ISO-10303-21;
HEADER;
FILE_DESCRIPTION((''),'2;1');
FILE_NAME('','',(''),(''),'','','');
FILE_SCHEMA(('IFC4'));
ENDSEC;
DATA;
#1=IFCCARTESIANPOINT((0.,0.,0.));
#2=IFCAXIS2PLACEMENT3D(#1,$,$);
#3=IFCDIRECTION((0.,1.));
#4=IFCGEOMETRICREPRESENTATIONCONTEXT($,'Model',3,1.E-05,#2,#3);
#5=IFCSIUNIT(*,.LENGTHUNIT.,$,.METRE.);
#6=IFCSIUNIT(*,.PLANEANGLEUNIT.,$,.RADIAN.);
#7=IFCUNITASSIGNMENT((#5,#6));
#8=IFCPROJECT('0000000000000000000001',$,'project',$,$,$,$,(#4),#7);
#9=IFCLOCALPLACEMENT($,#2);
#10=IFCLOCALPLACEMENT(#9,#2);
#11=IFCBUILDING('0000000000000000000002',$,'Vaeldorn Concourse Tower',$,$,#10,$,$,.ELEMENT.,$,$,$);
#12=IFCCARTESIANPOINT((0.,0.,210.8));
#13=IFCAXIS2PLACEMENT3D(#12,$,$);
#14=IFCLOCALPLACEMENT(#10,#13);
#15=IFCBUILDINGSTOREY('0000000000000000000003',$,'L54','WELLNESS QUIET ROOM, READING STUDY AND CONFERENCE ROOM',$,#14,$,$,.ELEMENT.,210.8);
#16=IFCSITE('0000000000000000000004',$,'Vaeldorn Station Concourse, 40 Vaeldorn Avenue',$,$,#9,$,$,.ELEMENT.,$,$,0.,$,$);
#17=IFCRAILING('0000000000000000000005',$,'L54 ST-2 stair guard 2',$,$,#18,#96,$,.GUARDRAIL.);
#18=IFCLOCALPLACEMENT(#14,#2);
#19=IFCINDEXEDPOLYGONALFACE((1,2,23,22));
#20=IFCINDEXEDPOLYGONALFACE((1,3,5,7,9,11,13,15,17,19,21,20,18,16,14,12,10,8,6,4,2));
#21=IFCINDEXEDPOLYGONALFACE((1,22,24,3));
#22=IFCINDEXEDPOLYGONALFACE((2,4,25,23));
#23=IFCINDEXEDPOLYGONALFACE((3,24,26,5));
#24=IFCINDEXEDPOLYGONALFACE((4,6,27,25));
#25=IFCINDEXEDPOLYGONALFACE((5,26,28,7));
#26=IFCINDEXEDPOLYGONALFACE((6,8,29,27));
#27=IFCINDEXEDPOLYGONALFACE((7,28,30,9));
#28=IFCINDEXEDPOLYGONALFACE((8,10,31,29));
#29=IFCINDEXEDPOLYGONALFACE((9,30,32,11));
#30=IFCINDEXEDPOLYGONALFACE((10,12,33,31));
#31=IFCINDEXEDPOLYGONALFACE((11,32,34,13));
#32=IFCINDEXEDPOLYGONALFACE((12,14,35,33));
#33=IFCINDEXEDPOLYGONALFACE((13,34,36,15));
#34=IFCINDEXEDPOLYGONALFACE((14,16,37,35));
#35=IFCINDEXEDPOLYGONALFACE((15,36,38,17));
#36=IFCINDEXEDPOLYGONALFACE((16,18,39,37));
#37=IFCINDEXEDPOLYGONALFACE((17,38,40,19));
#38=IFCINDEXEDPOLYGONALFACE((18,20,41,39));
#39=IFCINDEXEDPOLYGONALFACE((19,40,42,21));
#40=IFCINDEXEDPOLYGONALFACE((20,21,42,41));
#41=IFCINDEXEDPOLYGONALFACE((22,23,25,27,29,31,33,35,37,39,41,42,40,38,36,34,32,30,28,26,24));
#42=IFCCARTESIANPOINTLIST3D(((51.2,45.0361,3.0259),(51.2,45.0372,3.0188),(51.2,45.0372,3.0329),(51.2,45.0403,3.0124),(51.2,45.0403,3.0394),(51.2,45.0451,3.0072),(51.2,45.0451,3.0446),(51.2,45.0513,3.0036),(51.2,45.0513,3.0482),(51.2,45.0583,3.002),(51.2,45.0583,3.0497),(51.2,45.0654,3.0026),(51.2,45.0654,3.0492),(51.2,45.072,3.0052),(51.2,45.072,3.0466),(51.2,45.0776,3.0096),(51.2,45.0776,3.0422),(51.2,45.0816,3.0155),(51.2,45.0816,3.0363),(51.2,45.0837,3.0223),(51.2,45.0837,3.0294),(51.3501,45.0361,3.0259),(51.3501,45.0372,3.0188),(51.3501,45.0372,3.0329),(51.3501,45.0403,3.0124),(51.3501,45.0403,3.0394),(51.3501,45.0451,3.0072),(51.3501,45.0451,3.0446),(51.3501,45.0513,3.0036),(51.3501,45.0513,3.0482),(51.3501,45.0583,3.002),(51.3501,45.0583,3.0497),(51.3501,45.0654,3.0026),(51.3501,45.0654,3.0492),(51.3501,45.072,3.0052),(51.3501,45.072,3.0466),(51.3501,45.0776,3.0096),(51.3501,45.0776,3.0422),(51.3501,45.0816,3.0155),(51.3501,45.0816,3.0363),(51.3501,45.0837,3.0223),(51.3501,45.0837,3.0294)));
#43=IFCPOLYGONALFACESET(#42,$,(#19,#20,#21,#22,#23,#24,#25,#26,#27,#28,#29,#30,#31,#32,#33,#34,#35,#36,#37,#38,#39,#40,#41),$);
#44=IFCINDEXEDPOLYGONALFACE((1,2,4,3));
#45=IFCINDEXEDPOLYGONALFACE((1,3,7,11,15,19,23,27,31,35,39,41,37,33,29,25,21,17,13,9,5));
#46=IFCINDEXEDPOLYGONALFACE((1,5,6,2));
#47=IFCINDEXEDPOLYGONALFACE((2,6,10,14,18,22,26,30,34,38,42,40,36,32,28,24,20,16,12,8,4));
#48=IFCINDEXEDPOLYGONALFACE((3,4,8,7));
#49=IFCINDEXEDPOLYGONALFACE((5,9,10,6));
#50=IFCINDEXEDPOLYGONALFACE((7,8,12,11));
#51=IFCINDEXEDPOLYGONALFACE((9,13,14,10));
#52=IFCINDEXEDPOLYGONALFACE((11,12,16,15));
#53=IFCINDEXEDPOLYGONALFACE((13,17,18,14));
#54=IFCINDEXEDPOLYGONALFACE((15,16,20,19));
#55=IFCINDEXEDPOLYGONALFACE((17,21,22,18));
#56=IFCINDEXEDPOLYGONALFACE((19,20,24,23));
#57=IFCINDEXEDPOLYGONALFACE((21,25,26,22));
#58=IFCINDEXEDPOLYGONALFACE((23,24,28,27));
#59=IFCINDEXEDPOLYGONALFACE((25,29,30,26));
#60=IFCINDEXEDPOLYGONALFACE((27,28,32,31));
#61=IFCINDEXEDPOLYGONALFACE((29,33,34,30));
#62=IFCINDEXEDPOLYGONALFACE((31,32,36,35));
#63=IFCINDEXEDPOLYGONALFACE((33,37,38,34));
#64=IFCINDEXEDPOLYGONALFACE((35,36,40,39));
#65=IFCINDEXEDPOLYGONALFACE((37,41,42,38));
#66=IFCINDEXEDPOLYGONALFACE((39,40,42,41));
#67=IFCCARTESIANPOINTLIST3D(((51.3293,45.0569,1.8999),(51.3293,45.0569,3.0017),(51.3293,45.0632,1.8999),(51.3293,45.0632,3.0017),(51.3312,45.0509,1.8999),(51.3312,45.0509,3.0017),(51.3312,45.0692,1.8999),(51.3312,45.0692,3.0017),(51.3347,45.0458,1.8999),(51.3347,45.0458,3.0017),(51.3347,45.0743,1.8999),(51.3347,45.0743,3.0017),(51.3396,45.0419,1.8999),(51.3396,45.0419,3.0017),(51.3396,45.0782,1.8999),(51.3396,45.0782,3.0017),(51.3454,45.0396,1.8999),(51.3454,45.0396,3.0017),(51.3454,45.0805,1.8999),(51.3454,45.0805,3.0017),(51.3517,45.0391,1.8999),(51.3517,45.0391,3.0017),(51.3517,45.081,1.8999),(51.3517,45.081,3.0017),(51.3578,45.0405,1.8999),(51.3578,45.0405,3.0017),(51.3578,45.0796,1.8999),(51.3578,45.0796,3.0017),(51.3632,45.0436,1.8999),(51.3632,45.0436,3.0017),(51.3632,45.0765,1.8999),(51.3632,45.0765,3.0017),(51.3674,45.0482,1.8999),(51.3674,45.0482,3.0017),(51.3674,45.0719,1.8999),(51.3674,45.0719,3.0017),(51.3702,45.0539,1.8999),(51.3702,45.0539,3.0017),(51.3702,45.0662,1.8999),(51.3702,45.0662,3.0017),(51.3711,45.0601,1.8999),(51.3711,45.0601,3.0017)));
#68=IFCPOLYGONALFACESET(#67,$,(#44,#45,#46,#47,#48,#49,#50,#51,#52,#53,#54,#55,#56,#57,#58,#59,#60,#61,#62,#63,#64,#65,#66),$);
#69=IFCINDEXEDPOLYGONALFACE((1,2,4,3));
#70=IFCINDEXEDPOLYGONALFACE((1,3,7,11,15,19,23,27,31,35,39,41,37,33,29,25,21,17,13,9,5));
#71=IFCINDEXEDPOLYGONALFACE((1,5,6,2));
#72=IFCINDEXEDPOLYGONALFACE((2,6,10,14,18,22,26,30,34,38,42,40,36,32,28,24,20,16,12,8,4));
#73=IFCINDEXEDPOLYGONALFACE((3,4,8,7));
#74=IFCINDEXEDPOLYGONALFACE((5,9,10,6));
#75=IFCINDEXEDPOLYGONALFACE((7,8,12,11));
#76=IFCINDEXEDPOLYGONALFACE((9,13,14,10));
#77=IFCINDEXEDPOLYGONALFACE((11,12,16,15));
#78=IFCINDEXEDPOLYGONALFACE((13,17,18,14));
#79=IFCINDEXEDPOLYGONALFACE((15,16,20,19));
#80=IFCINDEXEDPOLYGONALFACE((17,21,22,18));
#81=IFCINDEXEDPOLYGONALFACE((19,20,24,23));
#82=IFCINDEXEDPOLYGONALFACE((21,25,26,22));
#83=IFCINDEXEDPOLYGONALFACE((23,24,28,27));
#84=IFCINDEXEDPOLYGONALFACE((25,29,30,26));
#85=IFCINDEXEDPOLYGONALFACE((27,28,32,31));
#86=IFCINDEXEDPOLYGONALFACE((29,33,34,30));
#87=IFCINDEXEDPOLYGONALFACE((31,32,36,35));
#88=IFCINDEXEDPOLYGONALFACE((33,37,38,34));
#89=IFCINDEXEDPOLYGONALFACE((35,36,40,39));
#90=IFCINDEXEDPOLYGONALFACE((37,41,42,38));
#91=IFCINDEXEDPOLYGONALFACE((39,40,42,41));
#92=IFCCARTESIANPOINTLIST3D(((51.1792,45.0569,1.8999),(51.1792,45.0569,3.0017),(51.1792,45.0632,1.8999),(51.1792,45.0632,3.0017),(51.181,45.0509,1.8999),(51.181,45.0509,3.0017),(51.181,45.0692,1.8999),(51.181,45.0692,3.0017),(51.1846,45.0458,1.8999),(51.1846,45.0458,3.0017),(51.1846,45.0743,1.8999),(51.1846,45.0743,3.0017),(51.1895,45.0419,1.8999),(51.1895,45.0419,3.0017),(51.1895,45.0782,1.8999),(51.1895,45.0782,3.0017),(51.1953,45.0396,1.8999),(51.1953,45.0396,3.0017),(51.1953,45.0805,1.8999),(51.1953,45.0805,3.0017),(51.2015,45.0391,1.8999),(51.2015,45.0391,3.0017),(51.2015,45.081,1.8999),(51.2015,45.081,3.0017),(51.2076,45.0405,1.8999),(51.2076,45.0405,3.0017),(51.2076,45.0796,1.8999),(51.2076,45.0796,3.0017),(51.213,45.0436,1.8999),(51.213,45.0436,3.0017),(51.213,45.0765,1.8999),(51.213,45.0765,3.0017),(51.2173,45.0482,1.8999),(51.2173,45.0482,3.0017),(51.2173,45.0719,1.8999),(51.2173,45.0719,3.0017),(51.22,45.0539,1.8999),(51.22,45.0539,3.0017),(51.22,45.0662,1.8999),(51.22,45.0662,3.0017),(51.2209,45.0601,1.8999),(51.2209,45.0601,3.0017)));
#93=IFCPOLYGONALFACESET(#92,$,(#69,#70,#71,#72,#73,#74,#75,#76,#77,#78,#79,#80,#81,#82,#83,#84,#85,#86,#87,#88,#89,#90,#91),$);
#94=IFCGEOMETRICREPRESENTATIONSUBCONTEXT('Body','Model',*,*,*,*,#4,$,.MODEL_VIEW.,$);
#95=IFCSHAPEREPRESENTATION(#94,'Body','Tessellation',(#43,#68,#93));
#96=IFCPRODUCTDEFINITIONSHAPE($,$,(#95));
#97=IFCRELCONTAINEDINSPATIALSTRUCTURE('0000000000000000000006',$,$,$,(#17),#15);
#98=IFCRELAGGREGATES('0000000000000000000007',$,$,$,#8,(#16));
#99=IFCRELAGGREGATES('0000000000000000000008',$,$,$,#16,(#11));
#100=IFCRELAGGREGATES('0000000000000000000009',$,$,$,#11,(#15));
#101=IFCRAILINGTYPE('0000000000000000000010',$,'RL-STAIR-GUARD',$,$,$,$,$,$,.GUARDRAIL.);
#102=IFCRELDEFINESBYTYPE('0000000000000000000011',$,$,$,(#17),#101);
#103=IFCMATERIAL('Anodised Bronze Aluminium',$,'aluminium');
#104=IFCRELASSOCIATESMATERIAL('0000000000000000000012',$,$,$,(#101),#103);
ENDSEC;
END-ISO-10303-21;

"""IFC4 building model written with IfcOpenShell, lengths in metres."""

from ifc_helpers import new_model, si_unit, direction, frame, origin, origin_2d, place, context, subcontext, project, spatial, circle, extrude, material, type_object, element, save


model = new_model("IFC4")

# Units and contexts
model_context = context("Model", 3, precision=1e-05, world=origin(), true_north=direction((0.0, 1.0)))
body_context = subcontext(model_context, "Body", "Model", "MODEL_VIEW")
ifc_project = project(units=[si_unit("LENGTHUNIT", "METRE"), si_unit("PLANEANGLEUNIT", "RADIAN")], contexts=[model_context])

# Site, building, storey
site_placement = place(None, origin())
site = spatial("IfcSite", under=ifc_project, at=site_placement, Name="Vaeldorn Station Concourse, 40 Vaeldorn Avenue", CompositionType="ELEMENT", RefElevation=0.0)
building_placement = place(site_placement, origin())
building = spatial("IfcBuilding", under=site, at=building_placement, Name="Vaeldorn Concourse Tower", CompositionType="ELEMENT")
storey_placement = place(building_placement, frame((0.0, 0.0, 210.8)))
storey = spatial("IfcBuildingStorey", under=building, at=storey_placement, Name="L54", Description="WELLNESS QUIET ROOM, READING STUDY AND CONFERENCE ROOM", CompositionType="ELEMENT", Elevation=210.8)

# Shared definitions
ifc_material_1 = material(Name="Anodised Bronze Aluminium", Category="aluminium")

# Railing
railing_type_1 = type_object("IfcRailingType", Name="RL-STAIR-GUARD", PredefinedType="GUARDRAIL", material=ifc_material_1)
railing_1_placement = place(storey_placement, frame((51.3501, 45.0601, 1.8999)))
element("IfcRailing", 1, at=railing_1_placement, inside=storey, type_object=railing_type_1, Name="L54 ST-2 stair guard 2", PredefinedType="GUARDRAIL", context=body_context, shape_type="SweptSolid", body=[
    extrude(circle(Radius=0.0239, at=origin_2d()), frame((0.0, 0.0, 1.126), z_axis=(-1.0, 0.0, 0.0), x_axis=(0.0, -1.0, 0.0)), (0.0, 0.0, 1.0), 0.1501),
    extrude(circle(Radius=0.021, at=origin_2d()), origin(), (0.0, 0.0, 1.0), 1.1018),
    extrude(circle(Radius=0.021, at=origin_2d()), frame((-0.1501, 0.0, 0.0)), (0.0, 0.0, 1.0), 1.1018),
])

save(model, "model.ifc")
